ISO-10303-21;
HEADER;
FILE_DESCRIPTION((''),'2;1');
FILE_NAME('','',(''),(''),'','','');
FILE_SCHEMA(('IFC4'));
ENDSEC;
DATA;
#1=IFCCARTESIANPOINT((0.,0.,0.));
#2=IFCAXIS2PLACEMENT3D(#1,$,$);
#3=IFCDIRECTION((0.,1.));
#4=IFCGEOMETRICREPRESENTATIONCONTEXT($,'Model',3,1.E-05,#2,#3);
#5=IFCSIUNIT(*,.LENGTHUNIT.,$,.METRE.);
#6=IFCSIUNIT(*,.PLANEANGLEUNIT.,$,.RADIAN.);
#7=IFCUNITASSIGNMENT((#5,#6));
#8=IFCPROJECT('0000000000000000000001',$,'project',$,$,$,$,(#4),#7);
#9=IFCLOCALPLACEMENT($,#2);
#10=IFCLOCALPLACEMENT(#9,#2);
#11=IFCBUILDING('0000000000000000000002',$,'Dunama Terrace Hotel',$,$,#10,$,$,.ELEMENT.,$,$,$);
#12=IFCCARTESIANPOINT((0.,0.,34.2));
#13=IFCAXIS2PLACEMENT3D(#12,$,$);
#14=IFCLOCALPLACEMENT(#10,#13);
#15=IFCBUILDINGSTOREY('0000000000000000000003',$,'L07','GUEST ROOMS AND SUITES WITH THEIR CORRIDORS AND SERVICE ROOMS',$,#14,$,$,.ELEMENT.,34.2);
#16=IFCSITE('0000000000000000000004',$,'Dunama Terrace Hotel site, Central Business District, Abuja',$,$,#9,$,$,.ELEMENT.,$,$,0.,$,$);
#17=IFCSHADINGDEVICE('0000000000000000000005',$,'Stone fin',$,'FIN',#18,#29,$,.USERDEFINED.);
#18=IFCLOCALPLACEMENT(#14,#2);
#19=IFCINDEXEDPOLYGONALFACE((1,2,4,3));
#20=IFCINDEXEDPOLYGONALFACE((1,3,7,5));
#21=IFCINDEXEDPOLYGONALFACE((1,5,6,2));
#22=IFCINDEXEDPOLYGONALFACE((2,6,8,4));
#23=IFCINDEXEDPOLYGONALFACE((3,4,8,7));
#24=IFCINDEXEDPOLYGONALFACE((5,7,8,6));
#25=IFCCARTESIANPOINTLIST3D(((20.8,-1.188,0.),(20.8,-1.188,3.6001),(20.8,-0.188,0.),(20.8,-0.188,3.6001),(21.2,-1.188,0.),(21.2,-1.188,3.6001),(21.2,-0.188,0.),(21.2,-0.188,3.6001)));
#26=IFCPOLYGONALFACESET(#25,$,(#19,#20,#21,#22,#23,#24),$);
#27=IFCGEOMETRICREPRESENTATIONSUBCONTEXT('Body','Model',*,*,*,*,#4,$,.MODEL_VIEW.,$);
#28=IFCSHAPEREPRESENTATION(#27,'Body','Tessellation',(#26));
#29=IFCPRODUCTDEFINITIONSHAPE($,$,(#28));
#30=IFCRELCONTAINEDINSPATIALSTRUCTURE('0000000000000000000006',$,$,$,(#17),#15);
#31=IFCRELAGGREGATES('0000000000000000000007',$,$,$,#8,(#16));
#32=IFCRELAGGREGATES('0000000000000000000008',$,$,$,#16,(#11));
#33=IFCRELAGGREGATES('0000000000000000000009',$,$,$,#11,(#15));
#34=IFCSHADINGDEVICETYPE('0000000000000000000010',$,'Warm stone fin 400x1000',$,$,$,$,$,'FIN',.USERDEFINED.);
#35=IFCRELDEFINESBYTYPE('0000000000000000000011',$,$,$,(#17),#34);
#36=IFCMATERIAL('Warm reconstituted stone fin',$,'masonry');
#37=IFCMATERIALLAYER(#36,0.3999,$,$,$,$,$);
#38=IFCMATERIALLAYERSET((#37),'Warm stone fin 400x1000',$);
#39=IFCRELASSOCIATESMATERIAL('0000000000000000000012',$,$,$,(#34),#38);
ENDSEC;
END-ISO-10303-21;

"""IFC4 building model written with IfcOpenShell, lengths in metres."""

from ifc_helpers import new_model, si_unit, direction, frame, origin, origin_2d, place, context, subcontext, project, spatial, rectangle, extrude, material, layer, layer_set, type_object, element, save


model = new_model("IFC4")

# Units and contexts
model_context = context("Model", 3, precision=1e-05, world=origin(), true_north=direction((0.0, 1.0)))
body_context = subcontext(model_context, "Body", "Model", "MODEL_VIEW")
ifc_project = project(units=[si_unit("LENGTHUNIT", "METRE"), si_unit("PLANEANGLEUNIT", "RADIAN")], contexts=[model_context])

# Site, building, storey
site_placement = place(None, origin())
site = spatial("IfcSite", under=ifc_project, at=site_placement, Name="Dunama Terrace Hotel site, Central Business District, Abuja", CompositionType="ELEMENT", RefElevation=0.0)
building_placement = place(site_placement, origin())
building = spatial("IfcBuilding", under=site, at=building_placement, Name="Dunama Terrace Hotel", CompositionType="ELEMENT")
storey_placement = place(building_placement, frame((0.0, 0.0, 34.2)))
storey = spatial("IfcBuildingStorey", under=building, at=storey_placement, Name="L07", Description="GUEST ROOMS AND SUITES WITH THEIR CORRIDORS AND SERVICE ROOMS", CompositionType="ELEMENT", Elevation=34.2)

# Shading device
ifc_material_1 = material(Name="Warm reconstituted stone fin", Category="masonry")
ifc_layer_1 = layer(ifc_material_1, 0.3999)
ifc_layer_set_1 = layer_set([ifc_layer_1], Name="Warm stone fin 400x1000")
shading_device_type = type_object("IfcShadingDeviceType", Name="Warm stone fin 400x1000", ElementType="FIN", PredefinedType="USERDEFINED", material=ifc_layer_set_1)
shading_device_placement = place(storey_placement, frame((21.0, -0.688, 0.0), z_axis=(0.0, 0.0, 1.0), x_axis=(1.0, 0.0, 0.0)))
element("IfcShadingDevice", 1, at=shading_device_placement, inside=storey, type_object=shading_device_type, Name="Stone fin", ObjectType="FIN", PredefinedType="USERDEFINED", context=body_context, shape_type="SweptSolid", body=[
    extrude(rectangle(XDim=0.3999, YDim=1.0, at=origin_2d()), origin(), (0.0, 0.0, 1.0), 3.6001),
])

save(model, "model.ifc")
